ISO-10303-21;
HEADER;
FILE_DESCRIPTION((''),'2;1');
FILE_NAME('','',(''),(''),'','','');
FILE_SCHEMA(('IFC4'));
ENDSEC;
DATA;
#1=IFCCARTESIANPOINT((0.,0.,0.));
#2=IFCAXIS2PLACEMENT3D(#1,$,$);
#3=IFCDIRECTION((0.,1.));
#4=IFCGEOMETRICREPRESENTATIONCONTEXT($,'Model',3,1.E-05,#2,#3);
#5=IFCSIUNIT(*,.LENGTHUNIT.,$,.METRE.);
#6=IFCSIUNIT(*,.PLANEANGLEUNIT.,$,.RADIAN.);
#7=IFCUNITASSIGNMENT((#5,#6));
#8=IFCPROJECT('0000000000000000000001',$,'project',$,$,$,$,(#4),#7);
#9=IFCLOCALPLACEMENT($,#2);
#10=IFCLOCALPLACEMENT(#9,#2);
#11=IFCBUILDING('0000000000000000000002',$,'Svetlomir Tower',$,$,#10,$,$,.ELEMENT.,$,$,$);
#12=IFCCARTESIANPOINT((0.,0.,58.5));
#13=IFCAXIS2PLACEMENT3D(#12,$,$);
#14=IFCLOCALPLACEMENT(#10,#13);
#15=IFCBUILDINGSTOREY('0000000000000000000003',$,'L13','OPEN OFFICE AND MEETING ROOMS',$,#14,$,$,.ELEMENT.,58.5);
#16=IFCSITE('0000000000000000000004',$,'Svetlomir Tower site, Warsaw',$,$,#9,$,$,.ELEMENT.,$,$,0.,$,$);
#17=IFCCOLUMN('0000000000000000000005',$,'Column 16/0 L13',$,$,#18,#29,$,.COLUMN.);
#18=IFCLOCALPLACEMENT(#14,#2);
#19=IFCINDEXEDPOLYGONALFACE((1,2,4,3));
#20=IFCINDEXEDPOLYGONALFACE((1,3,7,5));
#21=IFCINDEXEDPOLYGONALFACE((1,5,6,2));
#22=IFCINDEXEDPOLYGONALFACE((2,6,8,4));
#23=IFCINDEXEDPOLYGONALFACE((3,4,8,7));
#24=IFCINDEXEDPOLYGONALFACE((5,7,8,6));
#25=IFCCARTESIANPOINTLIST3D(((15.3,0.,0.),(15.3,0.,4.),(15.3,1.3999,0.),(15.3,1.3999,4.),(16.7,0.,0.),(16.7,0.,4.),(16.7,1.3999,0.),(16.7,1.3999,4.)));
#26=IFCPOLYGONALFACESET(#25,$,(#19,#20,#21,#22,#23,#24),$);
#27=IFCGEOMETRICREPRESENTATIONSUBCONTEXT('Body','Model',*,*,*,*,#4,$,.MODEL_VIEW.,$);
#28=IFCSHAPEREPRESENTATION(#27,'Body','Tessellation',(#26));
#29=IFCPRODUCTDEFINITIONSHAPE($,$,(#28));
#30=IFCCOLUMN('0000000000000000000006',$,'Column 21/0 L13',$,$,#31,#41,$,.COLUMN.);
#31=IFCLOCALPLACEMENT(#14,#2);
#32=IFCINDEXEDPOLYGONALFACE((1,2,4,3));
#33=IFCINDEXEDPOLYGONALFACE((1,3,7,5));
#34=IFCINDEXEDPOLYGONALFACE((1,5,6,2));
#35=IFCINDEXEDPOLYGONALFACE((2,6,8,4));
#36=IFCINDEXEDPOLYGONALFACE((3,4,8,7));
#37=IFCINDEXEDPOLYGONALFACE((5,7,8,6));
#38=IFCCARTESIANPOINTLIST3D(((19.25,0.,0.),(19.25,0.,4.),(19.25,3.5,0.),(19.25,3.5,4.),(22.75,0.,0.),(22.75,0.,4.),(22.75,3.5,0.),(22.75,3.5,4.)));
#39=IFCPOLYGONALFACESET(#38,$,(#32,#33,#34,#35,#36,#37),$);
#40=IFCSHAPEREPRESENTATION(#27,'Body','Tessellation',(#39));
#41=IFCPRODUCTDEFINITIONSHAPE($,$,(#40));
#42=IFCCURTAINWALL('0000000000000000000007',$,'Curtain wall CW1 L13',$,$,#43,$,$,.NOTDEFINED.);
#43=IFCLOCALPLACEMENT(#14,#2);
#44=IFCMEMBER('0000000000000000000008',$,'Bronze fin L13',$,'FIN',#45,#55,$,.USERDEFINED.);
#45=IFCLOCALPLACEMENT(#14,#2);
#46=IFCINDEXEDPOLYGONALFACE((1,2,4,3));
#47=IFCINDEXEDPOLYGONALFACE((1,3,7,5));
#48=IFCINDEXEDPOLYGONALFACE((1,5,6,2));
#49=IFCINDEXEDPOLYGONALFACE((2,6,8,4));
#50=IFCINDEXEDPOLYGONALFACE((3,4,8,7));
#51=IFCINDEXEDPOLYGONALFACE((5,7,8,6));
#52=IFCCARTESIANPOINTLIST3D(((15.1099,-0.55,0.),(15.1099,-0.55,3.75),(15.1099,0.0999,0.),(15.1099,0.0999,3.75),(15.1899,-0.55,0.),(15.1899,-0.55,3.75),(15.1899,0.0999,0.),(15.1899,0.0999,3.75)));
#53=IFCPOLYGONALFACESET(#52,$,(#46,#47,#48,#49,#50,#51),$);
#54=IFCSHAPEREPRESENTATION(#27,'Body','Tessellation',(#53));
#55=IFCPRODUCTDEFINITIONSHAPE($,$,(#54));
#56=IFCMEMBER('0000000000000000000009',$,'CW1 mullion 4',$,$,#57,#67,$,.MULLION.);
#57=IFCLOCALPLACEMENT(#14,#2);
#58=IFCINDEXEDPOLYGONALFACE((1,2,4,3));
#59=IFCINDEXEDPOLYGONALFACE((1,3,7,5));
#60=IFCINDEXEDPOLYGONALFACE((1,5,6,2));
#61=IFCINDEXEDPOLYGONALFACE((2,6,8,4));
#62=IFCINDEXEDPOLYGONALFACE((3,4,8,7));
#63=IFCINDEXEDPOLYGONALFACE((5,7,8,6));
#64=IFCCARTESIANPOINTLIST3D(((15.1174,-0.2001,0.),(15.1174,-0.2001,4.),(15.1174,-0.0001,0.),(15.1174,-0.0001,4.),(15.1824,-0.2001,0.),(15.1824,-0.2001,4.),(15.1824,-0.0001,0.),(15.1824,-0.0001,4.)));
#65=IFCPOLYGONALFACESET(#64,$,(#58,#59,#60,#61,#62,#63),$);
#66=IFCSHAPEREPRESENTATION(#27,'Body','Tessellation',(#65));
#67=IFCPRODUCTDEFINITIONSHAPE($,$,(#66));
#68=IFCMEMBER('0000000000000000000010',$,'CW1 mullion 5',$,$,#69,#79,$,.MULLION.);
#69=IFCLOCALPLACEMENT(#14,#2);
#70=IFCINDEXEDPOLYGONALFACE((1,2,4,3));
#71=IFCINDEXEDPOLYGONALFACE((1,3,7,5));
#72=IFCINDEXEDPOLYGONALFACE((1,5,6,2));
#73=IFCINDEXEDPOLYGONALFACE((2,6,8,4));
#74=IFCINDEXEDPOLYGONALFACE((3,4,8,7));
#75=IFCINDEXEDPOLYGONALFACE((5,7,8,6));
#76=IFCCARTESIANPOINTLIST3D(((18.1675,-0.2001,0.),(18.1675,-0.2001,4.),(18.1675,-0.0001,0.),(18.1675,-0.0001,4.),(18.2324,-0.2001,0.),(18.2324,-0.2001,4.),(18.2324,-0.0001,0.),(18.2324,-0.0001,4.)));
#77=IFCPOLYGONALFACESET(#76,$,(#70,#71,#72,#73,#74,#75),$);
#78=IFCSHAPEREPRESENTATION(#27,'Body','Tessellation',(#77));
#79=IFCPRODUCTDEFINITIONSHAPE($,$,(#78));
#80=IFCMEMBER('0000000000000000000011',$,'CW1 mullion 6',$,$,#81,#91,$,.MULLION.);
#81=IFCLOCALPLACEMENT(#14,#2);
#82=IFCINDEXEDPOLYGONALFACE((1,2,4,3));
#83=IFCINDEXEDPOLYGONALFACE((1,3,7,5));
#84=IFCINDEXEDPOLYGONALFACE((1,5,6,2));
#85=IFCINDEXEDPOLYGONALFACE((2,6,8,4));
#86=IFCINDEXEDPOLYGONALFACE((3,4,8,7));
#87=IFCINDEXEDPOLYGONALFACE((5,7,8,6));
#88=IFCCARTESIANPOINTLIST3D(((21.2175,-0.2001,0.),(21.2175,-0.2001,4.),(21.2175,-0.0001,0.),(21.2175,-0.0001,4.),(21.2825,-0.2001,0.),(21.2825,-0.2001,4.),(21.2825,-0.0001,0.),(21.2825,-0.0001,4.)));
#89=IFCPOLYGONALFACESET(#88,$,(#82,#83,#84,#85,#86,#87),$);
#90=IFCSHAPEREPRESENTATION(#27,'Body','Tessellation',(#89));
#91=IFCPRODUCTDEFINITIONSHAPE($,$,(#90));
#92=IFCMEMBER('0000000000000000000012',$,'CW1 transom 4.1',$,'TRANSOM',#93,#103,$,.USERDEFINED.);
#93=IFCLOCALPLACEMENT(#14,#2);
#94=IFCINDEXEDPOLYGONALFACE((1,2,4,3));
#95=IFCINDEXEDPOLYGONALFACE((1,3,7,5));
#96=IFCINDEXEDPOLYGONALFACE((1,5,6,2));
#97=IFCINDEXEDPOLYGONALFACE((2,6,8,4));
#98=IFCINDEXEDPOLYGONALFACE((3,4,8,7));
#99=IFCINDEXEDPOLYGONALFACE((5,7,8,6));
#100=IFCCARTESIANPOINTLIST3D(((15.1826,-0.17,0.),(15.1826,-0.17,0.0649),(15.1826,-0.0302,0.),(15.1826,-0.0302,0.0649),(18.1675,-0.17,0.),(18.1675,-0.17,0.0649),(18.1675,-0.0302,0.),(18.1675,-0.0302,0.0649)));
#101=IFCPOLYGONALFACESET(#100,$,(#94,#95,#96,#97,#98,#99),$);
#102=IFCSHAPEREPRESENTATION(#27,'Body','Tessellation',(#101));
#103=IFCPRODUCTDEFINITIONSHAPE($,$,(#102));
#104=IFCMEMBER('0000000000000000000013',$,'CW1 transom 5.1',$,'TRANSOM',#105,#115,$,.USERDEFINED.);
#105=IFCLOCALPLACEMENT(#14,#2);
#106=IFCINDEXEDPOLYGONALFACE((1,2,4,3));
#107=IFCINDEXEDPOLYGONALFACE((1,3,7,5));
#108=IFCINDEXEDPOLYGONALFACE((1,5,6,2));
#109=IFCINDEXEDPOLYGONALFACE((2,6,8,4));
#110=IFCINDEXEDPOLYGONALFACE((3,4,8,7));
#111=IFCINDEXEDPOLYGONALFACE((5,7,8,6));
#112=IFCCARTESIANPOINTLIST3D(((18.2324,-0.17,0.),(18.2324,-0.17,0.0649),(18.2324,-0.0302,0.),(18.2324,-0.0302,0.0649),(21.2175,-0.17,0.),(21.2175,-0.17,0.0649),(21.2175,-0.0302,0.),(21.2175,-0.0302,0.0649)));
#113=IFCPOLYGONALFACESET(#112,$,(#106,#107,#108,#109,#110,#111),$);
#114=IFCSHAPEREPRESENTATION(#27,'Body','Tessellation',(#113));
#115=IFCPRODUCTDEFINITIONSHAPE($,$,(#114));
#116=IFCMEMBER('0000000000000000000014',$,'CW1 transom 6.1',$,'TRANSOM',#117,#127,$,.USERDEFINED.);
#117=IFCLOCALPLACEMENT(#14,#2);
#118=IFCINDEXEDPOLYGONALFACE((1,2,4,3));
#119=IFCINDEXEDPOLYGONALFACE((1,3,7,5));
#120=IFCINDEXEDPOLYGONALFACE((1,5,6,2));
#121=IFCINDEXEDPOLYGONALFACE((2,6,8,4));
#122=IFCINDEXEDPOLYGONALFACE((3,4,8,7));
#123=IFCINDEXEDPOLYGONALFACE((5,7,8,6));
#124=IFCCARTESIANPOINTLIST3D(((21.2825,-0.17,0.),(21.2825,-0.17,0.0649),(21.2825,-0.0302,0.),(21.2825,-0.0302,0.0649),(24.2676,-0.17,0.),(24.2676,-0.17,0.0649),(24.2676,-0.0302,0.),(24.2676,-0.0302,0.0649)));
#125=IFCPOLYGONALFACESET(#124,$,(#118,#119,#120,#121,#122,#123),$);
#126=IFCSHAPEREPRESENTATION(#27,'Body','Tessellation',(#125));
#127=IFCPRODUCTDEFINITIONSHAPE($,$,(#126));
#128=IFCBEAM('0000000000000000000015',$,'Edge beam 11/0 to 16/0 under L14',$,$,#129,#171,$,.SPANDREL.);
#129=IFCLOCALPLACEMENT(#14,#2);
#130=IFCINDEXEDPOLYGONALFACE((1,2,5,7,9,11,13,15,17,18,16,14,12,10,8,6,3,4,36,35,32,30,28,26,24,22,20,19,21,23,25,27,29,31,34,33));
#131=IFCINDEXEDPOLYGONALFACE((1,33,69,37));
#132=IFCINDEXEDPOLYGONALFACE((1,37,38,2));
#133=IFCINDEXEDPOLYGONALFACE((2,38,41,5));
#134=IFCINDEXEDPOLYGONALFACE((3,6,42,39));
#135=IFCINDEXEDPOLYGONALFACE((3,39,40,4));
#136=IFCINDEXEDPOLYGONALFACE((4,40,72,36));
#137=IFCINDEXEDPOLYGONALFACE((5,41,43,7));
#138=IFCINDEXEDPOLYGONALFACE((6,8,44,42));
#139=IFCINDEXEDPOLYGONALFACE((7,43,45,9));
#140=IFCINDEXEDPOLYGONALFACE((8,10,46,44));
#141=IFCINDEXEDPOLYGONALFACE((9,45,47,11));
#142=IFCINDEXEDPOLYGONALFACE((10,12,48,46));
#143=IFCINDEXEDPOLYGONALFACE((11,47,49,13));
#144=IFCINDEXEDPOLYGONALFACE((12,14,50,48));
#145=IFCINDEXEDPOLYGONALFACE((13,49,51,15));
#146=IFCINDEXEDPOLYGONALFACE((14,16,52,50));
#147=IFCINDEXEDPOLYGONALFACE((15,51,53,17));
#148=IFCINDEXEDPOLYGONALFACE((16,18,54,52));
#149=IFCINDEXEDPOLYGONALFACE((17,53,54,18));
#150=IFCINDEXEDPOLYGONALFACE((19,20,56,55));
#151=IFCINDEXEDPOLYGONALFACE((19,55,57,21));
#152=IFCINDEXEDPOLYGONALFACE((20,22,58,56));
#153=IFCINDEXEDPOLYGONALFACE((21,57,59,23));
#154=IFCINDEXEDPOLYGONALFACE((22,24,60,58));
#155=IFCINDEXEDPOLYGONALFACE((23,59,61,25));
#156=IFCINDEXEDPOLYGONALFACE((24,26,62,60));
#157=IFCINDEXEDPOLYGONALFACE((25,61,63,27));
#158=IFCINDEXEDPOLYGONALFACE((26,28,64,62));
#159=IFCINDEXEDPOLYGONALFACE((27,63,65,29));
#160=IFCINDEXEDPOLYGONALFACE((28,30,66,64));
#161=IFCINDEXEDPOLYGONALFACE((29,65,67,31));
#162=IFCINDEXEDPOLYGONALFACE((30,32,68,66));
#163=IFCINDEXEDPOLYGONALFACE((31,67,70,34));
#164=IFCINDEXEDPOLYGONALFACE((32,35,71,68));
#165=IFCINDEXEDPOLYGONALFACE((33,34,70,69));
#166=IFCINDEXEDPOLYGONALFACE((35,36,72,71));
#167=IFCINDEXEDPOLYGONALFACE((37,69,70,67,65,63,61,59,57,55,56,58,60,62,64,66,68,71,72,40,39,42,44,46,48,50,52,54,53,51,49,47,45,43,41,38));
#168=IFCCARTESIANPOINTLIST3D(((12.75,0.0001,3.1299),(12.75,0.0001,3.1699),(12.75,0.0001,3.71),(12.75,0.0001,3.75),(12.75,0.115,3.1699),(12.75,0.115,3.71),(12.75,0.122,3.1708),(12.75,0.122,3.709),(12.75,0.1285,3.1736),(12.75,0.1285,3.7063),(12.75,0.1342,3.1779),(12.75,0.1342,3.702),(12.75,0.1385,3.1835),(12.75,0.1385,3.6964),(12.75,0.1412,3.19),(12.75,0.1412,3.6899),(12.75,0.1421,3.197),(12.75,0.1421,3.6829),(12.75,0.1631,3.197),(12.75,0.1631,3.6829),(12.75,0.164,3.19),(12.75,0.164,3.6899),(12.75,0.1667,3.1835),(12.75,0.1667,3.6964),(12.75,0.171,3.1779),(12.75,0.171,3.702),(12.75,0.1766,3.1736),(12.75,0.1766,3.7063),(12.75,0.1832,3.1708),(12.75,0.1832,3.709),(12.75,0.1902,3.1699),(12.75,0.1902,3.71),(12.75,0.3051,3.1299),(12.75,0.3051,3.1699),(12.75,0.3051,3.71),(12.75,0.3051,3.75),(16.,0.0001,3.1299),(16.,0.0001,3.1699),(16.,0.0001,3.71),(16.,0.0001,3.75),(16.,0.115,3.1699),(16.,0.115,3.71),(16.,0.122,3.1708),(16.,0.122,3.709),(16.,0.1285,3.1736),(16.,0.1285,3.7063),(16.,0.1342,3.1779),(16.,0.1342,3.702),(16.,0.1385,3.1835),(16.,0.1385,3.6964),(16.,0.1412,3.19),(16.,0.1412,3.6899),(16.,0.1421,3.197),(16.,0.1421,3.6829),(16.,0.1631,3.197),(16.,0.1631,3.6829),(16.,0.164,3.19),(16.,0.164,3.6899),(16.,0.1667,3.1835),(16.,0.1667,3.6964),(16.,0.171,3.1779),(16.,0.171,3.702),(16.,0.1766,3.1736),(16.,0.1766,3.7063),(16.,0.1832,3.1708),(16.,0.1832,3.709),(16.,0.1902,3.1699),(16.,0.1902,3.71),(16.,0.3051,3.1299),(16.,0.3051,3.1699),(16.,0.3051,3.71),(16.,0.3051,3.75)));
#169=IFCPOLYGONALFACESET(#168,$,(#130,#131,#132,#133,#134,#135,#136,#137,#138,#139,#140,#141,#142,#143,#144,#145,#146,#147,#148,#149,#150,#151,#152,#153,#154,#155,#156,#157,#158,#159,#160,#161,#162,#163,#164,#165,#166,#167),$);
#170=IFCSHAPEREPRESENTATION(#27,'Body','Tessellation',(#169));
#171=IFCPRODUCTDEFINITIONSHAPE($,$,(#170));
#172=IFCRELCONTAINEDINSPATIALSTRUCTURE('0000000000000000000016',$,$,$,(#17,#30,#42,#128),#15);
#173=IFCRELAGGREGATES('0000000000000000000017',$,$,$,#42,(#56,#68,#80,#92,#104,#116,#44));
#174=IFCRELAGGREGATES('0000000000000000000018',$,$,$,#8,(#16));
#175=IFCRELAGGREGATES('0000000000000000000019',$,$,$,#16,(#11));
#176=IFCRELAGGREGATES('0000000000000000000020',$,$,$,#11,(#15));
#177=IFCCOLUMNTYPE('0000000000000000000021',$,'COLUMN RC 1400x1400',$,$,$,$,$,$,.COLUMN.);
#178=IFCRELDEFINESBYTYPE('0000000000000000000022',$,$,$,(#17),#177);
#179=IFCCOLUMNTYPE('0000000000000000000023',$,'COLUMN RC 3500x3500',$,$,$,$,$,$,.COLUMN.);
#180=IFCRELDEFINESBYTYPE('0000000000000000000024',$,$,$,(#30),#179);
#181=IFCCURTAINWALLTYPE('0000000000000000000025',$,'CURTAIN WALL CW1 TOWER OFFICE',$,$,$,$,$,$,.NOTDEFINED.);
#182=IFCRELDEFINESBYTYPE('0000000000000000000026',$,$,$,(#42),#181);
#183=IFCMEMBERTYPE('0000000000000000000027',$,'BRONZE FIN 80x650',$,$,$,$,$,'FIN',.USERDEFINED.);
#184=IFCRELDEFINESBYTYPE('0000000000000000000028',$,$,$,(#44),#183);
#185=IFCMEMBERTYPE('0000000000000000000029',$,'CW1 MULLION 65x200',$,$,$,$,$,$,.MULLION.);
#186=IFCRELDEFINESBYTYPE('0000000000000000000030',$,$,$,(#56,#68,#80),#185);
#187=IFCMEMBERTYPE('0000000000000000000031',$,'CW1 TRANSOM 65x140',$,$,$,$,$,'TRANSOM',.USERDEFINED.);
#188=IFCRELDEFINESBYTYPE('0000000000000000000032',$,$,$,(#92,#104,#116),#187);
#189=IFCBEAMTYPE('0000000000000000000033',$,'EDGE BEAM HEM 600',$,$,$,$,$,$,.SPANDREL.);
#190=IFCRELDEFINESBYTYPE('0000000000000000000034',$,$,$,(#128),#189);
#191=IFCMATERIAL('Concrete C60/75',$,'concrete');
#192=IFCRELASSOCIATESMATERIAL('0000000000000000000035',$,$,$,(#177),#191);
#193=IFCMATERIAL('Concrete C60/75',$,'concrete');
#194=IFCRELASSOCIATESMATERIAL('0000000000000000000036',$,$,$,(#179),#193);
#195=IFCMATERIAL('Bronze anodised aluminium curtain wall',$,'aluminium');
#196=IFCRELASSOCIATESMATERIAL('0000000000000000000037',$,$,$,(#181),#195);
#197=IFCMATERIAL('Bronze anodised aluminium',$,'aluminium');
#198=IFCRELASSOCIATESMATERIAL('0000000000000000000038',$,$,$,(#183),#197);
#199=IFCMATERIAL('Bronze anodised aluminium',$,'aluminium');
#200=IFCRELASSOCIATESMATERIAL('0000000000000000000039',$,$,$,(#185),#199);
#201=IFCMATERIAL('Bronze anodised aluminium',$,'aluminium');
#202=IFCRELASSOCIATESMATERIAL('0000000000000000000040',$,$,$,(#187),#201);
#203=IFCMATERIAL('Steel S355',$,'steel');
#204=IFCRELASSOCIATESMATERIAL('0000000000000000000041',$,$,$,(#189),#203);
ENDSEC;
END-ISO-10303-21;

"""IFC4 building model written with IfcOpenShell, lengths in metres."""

from ifc_helpers import new_model, si_unit, direction, frame, origin, origin_2d, place, context, subcontext, project, spatial, rectangle, i_section, extrude, material, material_profile, profile_set, type_object, element, aggregate, save


model = new_model("IFC4")

# Units and contexts
model_context = context("Model", 3, precision=1e-05, world=origin(), true_north=direction((0.0, 1.0)))
body_context = subcontext(model_context, "Body", "Model", "MODEL_VIEW")
ifc_project = project(units=[si_unit("LENGTHUNIT", "METRE"), si_unit("PLANEANGLEUNIT", "RADIAN")], contexts=[model_context])

# Site, building, storey
site_placement = place(None, origin())
site = spatial("IfcSite", under=ifc_project, at=site_placement, Name="Svetlomir Tower site, Warsaw", CompositionType="ELEMENT", RefElevation=0.0)
building_placement = place(site_placement, origin())
building = spatial("IfcBuilding", under=site, at=building_placement, Name="Svetlomir Tower", CompositionType="ELEMENT")
storey_placement = place(building_placement, frame((0.0, 0.0, 58.5)))
storey = spatial("IfcBuildingStorey", under=building, at=storey_placement, Name="L13", Description="OPEN OFFICE AND MEETING ROOMS", CompositionType="ELEMENT", Elevation=58.5)

# Columns
ifc_material_1 = material(Name="Concrete C60/75", Category="concrete")
ifc_material_profile_1 = material_profile(ifc_material_1, rectangle(XDim=1.3999, YDim=1.3999, at=origin_2d()), Name="RC 1400x1400")
ifc_profile_set_1 = profile_set([ifc_material_profile_1], Name="Concrete C60/75")
column_type_1 = type_object("IfcColumnType", Name="COLUMN RC 1400x1400", PredefinedType="COLUMN", material=ifc_profile_set_1)
column_1_placement = place(storey_placement, frame((16.0, 0.7, 0.0), z_axis=(0.0, 0.0, 1.0), x_axis=(1.0, 0.0, 0.0)))
element("IfcColumn", 1, at=column_1_placement, inside=storey, type_object=column_type_1, Name="Column 16/0 L13", PredefinedType="COLUMN", context=body_context, shape_type="SweptSolid", body=[
    extrude(rectangle(XDim=1.3999, YDim=1.3999, at=origin_2d()), origin(), (0.0, 0.0, 1.0), 4.0),
])
ifc_material_2 = material(Name="Concrete C60/75", Category="concrete")
ifc_material_profile_2 = material_profile(ifc_material_2, rectangle(XDim=3.5, YDim=3.5, at=origin_2d()), Name="RC 3500x3500")
ifc_profile_set_2 = profile_set([ifc_material_profile_2], Name="Concrete C60/75")
column_type_2 = type_object("IfcColumnType", Name="COLUMN RC 3500x3500", PredefinedType="COLUMN", material=ifc_profile_set_2)
column_2_placement = place(storey_placement, frame((21.0, 1.75, 0.0), z_axis=(0.0, 0.0, 1.0), x_axis=(1.0, 0.0, 0.0)))
element("IfcColumn", 2, at=column_2_placement, inside=storey, type_object=column_type_2, Name="Column 21/0 L13", PredefinedType="COLUMN", context=body_context, shape_type="SweptSolid", body=[
    extrude(rectangle(XDim=3.5, YDim=3.5, at=origin_2d()), origin(), (0.0, 0.0, 1.0), 4.0),
])

# Curtain wall, members
ifc_material_3 = material(Name="Bronze anodised aluminium curtain wall", Category="aluminium")
curtain_wall_type = type_object("IfcCurtainWallType", Name="CURTAIN WALL CW1 TOWER OFFICE", PredefinedType="NOTDEFINED", material=ifc_material_3)
curtain_wall_placement = place(storey_placement, origin())
curtain_wall = element("IfcCurtainWall", 3, at=curtain_wall_placement, inside=storey, type_object=curtain_wall_type, Name="Curtain wall CW1 L13", PredefinedType="NOTDEFINED")
ifc_material_4 = material(Name="Bronze anodised aluminium", Category="aluminium")
ifc_material_profile_3 = material_profile(ifc_material_4, rectangle(XDim=0.0801, YDim=0.6499, at=origin_2d()), Name="FIN 80x650")
ifc_profile_set_3 = profile_set([ifc_material_profile_3], Name="Bronze anodised aluminium 6063-T6")
member_type_1 = type_object("IfcMemberType", Name="BRONZE FIN 80x650", ElementType="FIN", PredefinedType="USERDEFINED", material=ifc_profile_set_3)
member_1_placement = place(storey_placement, frame((15.1499, -0.2251, 0.0), z_axis=(0.0, 0.0, 1.0), x_axis=(1.0, 0.0, 0.0)))
member_1 = element("IfcMember", 4, at=member_1_placement, type_object=member_type_1, Name="Bronze fin L13", ObjectType="FIN", PredefinedType="USERDEFINED", context=body_context, shape_type="SweptSolid", body=[
    extrude(rectangle(XDim=0.0801, YDim=0.6499, at=origin_2d()), origin(), (0.0, 0.0, 1.0), 3.75),
])
ifc_material_5 = material(Name="Bronze anodised aluminium", Category="aluminium")
ifc_material_profile_4 = material_profile(ifc_material_5, rectangle(XDim=0.0649, YDim=0.2, at=origin_2d()), Name="AL 65x200")
ifc_profile_set_4 = profile_set([ifc_material_profile_4], Name="Bronze anodised aluminium 6063-T6")
member_type_2 = type_object("IfcMemberType", Name="CW1 MULLION 65x200", PredefinedType="MULLION", material=ifc_profile_set_4)
member_2_placement = place(storey_placement, frame((15.1499, -0.1001, 0.0), z_axis=(0.0, 0.0, 1.0), x_axis=(1.0, 0.0, 0.0)))
member_2 = element("IfcMember", 5, at=member_2_placement, type_object=member_type_2, Name="CW1 mullion 4", PredefinedType="MULLION", context=body_context, shape_type="SweptSolid", body=[
    extrude(rectangle(XDim=0.0649, YDim=0.2, at=origin_2d()), origin(), (0.0, 0.0, 1.0), 4.0),
])
member_3_placement = place(storey_placement, frame((18.2, -0.1001, 0.0), z_axis=(0.0, 0.0, 1.0), x_axis=(1.0, 0.0, 0.0)))
member_3 = element("IfcMember", 6, at=member_3_placement, type_object=member_type_2, Name="CW1 mullion 5", PredefinedType="MULLION", context=body_context, shape_type="SweptSolid", body=[
    extrude(rectangle(XDim=0.0649, YDim=0.2, at=origin_2d()), origin(), (0.0, 0.0, 1.0), 4.0),
])
member_4_placement = place(storey_placement, frame((21.25, -0.1001, 0.0), z_axis=(0.0, 0.0, 1.0), x_axis=(1.0, 0.0, 0.0)))
member_4 = element("IfcMember", 7, at=member_4_placement, type_object=member_type_2, Name="CW1 mullion 6", PredefinedType="MULLION", context=body_context, shape_type="SweptSolid", body=[
    extrude(rectangle(XDim=0.0649, YDim=0.2, at=origin_2d()), origin(), (0.0, 0.0, 1.0), 4.0),
])
ifc_material_6 = material(Name="Bronze anodised aluminium", Category="aluminium")
ifc_material_profile_5 = material_profile(ifc_material_6, rectangle(XDim=0.1399, YDim=0.0649, at=origin_2d()), Name="AL 140x65")
ifc_profile_set_5 = profile_set([ifc_material_profile_5], Name="Bronze anodised aluminium 6063-T6")
member_type_3 = type_object("IfcMemberType", Name="CW1 TRANSOM 65x140", ElementType="TRANSOM", PredefinedType="USERDEFINED", material=ifc_profile_set_5)
member_5_placement = place(storey_placement, frame((15.1826, -0.1001, 0.0325), z_axis=(1.0, 0.0, 0.0), x_axis=(0.0, 1.0, 0.0)))
member_5 = element("IfcMember", 8, at=member_5_placement, type_object=member_type_3, Name="CW1 transom 4.1", ObjectType="TRANSOM", PredefinedType="USERDEFINED", context=body_context, shape_type="SweptSolid", body=[
    extrude(rectangle(XDim=0.1399, YDim=0.0649, at=origin_2d()), origin(), (0.0, 0.0, 1.0), 2.9849),
])
member_6_placement = place(storey_placement, frame((18.2324, -0.1001, 0.0325), z_axis=(1.0, 0.0, 0.0), x_axis=(0.0, 1.0, 0.0)))
member_6 = element("IfcMember", 9, at=member_6_placement, type_object=member_type_3, Name="CW1 transom 5.1", ObjectType="TRANSOM", PredefinedType="USERDEFINED", context=body_context, shape_type="SweptSolid", body=[
    extrude(rectangle(XDim=0.1399, YDim=0.0649, at=origin_2d()), origin(), (0.0, 0.0, 1.0), 2.9851),
])
member_7_placement = place(storey_placement, frame((21.2825, -0.1001, 0.0325), z_axis=(1.0, 0.0, 0.0), x_axis=(0.0, 1.0, 0.0)))
member_7 = element("IfcMember", 10, at=member_7_placement, type_object=member_type_3, Name="CW1 transom 6.1", ObjectType="TRANSOM", PredefinedType="USERDEFINED", context=body_context, shape_type="SweptSolid", body=[
    extrude(rectangle(XDim=0.1399, YDim=0.0649, at=origin_2d()), origin(), (0.0, 0.0, 1.0), 2.9851),
])

# Beam
ifc_material_7 = material(Name="Steel S355", Category="steel")
ifc_material_profile_6 = material_profile(ifc_material_7, i_section(OverallWidth=0.3049, OverallDepth=0.6201, WebThickness=0.021, FlangeThickness=0.04, FilletRadius=0.0271, at=origin_2d()), Name="HEM 600")
ifc_profile_set_6 = profile_set([ifc_material_profile_6], Name="Steel S355")
beam_type = type_object("IfcBeamType", Name="EDGE BEAM HEM 600", PredefinedType="SPANDREL", material=ifc_profile_set_6)
beam_placement = place(storey_placement, frame((12.75, 0.1526, 3.4399), z_axis=(1.0, 0.0, 0.0), x_axis=(0.0, 1.0, 0.0)))
element("IfcBeam", 11, at=beam_placement, inside=storey, type_object=beam_type, Name="Edge beam 11/0 to 16/0 under L14", PredefinedType="SPANDREL", context=body_context, shape_type="SweptSolid", body=[
    extrude(i_section(OverallWidth=0.3049, OverallDepth=0.6201, WebThickness=0.021, FlangeThickness=0.04, FilletRadius=0.0271, at=origin_2d()), origin(), (0.0, 0.0, 1.0), 3.25),
])

aggregate(curtain_wall, [member_2, member_3, member_4, member_5, member_6, member_7, member_1])

save(model, "model.ifc")
